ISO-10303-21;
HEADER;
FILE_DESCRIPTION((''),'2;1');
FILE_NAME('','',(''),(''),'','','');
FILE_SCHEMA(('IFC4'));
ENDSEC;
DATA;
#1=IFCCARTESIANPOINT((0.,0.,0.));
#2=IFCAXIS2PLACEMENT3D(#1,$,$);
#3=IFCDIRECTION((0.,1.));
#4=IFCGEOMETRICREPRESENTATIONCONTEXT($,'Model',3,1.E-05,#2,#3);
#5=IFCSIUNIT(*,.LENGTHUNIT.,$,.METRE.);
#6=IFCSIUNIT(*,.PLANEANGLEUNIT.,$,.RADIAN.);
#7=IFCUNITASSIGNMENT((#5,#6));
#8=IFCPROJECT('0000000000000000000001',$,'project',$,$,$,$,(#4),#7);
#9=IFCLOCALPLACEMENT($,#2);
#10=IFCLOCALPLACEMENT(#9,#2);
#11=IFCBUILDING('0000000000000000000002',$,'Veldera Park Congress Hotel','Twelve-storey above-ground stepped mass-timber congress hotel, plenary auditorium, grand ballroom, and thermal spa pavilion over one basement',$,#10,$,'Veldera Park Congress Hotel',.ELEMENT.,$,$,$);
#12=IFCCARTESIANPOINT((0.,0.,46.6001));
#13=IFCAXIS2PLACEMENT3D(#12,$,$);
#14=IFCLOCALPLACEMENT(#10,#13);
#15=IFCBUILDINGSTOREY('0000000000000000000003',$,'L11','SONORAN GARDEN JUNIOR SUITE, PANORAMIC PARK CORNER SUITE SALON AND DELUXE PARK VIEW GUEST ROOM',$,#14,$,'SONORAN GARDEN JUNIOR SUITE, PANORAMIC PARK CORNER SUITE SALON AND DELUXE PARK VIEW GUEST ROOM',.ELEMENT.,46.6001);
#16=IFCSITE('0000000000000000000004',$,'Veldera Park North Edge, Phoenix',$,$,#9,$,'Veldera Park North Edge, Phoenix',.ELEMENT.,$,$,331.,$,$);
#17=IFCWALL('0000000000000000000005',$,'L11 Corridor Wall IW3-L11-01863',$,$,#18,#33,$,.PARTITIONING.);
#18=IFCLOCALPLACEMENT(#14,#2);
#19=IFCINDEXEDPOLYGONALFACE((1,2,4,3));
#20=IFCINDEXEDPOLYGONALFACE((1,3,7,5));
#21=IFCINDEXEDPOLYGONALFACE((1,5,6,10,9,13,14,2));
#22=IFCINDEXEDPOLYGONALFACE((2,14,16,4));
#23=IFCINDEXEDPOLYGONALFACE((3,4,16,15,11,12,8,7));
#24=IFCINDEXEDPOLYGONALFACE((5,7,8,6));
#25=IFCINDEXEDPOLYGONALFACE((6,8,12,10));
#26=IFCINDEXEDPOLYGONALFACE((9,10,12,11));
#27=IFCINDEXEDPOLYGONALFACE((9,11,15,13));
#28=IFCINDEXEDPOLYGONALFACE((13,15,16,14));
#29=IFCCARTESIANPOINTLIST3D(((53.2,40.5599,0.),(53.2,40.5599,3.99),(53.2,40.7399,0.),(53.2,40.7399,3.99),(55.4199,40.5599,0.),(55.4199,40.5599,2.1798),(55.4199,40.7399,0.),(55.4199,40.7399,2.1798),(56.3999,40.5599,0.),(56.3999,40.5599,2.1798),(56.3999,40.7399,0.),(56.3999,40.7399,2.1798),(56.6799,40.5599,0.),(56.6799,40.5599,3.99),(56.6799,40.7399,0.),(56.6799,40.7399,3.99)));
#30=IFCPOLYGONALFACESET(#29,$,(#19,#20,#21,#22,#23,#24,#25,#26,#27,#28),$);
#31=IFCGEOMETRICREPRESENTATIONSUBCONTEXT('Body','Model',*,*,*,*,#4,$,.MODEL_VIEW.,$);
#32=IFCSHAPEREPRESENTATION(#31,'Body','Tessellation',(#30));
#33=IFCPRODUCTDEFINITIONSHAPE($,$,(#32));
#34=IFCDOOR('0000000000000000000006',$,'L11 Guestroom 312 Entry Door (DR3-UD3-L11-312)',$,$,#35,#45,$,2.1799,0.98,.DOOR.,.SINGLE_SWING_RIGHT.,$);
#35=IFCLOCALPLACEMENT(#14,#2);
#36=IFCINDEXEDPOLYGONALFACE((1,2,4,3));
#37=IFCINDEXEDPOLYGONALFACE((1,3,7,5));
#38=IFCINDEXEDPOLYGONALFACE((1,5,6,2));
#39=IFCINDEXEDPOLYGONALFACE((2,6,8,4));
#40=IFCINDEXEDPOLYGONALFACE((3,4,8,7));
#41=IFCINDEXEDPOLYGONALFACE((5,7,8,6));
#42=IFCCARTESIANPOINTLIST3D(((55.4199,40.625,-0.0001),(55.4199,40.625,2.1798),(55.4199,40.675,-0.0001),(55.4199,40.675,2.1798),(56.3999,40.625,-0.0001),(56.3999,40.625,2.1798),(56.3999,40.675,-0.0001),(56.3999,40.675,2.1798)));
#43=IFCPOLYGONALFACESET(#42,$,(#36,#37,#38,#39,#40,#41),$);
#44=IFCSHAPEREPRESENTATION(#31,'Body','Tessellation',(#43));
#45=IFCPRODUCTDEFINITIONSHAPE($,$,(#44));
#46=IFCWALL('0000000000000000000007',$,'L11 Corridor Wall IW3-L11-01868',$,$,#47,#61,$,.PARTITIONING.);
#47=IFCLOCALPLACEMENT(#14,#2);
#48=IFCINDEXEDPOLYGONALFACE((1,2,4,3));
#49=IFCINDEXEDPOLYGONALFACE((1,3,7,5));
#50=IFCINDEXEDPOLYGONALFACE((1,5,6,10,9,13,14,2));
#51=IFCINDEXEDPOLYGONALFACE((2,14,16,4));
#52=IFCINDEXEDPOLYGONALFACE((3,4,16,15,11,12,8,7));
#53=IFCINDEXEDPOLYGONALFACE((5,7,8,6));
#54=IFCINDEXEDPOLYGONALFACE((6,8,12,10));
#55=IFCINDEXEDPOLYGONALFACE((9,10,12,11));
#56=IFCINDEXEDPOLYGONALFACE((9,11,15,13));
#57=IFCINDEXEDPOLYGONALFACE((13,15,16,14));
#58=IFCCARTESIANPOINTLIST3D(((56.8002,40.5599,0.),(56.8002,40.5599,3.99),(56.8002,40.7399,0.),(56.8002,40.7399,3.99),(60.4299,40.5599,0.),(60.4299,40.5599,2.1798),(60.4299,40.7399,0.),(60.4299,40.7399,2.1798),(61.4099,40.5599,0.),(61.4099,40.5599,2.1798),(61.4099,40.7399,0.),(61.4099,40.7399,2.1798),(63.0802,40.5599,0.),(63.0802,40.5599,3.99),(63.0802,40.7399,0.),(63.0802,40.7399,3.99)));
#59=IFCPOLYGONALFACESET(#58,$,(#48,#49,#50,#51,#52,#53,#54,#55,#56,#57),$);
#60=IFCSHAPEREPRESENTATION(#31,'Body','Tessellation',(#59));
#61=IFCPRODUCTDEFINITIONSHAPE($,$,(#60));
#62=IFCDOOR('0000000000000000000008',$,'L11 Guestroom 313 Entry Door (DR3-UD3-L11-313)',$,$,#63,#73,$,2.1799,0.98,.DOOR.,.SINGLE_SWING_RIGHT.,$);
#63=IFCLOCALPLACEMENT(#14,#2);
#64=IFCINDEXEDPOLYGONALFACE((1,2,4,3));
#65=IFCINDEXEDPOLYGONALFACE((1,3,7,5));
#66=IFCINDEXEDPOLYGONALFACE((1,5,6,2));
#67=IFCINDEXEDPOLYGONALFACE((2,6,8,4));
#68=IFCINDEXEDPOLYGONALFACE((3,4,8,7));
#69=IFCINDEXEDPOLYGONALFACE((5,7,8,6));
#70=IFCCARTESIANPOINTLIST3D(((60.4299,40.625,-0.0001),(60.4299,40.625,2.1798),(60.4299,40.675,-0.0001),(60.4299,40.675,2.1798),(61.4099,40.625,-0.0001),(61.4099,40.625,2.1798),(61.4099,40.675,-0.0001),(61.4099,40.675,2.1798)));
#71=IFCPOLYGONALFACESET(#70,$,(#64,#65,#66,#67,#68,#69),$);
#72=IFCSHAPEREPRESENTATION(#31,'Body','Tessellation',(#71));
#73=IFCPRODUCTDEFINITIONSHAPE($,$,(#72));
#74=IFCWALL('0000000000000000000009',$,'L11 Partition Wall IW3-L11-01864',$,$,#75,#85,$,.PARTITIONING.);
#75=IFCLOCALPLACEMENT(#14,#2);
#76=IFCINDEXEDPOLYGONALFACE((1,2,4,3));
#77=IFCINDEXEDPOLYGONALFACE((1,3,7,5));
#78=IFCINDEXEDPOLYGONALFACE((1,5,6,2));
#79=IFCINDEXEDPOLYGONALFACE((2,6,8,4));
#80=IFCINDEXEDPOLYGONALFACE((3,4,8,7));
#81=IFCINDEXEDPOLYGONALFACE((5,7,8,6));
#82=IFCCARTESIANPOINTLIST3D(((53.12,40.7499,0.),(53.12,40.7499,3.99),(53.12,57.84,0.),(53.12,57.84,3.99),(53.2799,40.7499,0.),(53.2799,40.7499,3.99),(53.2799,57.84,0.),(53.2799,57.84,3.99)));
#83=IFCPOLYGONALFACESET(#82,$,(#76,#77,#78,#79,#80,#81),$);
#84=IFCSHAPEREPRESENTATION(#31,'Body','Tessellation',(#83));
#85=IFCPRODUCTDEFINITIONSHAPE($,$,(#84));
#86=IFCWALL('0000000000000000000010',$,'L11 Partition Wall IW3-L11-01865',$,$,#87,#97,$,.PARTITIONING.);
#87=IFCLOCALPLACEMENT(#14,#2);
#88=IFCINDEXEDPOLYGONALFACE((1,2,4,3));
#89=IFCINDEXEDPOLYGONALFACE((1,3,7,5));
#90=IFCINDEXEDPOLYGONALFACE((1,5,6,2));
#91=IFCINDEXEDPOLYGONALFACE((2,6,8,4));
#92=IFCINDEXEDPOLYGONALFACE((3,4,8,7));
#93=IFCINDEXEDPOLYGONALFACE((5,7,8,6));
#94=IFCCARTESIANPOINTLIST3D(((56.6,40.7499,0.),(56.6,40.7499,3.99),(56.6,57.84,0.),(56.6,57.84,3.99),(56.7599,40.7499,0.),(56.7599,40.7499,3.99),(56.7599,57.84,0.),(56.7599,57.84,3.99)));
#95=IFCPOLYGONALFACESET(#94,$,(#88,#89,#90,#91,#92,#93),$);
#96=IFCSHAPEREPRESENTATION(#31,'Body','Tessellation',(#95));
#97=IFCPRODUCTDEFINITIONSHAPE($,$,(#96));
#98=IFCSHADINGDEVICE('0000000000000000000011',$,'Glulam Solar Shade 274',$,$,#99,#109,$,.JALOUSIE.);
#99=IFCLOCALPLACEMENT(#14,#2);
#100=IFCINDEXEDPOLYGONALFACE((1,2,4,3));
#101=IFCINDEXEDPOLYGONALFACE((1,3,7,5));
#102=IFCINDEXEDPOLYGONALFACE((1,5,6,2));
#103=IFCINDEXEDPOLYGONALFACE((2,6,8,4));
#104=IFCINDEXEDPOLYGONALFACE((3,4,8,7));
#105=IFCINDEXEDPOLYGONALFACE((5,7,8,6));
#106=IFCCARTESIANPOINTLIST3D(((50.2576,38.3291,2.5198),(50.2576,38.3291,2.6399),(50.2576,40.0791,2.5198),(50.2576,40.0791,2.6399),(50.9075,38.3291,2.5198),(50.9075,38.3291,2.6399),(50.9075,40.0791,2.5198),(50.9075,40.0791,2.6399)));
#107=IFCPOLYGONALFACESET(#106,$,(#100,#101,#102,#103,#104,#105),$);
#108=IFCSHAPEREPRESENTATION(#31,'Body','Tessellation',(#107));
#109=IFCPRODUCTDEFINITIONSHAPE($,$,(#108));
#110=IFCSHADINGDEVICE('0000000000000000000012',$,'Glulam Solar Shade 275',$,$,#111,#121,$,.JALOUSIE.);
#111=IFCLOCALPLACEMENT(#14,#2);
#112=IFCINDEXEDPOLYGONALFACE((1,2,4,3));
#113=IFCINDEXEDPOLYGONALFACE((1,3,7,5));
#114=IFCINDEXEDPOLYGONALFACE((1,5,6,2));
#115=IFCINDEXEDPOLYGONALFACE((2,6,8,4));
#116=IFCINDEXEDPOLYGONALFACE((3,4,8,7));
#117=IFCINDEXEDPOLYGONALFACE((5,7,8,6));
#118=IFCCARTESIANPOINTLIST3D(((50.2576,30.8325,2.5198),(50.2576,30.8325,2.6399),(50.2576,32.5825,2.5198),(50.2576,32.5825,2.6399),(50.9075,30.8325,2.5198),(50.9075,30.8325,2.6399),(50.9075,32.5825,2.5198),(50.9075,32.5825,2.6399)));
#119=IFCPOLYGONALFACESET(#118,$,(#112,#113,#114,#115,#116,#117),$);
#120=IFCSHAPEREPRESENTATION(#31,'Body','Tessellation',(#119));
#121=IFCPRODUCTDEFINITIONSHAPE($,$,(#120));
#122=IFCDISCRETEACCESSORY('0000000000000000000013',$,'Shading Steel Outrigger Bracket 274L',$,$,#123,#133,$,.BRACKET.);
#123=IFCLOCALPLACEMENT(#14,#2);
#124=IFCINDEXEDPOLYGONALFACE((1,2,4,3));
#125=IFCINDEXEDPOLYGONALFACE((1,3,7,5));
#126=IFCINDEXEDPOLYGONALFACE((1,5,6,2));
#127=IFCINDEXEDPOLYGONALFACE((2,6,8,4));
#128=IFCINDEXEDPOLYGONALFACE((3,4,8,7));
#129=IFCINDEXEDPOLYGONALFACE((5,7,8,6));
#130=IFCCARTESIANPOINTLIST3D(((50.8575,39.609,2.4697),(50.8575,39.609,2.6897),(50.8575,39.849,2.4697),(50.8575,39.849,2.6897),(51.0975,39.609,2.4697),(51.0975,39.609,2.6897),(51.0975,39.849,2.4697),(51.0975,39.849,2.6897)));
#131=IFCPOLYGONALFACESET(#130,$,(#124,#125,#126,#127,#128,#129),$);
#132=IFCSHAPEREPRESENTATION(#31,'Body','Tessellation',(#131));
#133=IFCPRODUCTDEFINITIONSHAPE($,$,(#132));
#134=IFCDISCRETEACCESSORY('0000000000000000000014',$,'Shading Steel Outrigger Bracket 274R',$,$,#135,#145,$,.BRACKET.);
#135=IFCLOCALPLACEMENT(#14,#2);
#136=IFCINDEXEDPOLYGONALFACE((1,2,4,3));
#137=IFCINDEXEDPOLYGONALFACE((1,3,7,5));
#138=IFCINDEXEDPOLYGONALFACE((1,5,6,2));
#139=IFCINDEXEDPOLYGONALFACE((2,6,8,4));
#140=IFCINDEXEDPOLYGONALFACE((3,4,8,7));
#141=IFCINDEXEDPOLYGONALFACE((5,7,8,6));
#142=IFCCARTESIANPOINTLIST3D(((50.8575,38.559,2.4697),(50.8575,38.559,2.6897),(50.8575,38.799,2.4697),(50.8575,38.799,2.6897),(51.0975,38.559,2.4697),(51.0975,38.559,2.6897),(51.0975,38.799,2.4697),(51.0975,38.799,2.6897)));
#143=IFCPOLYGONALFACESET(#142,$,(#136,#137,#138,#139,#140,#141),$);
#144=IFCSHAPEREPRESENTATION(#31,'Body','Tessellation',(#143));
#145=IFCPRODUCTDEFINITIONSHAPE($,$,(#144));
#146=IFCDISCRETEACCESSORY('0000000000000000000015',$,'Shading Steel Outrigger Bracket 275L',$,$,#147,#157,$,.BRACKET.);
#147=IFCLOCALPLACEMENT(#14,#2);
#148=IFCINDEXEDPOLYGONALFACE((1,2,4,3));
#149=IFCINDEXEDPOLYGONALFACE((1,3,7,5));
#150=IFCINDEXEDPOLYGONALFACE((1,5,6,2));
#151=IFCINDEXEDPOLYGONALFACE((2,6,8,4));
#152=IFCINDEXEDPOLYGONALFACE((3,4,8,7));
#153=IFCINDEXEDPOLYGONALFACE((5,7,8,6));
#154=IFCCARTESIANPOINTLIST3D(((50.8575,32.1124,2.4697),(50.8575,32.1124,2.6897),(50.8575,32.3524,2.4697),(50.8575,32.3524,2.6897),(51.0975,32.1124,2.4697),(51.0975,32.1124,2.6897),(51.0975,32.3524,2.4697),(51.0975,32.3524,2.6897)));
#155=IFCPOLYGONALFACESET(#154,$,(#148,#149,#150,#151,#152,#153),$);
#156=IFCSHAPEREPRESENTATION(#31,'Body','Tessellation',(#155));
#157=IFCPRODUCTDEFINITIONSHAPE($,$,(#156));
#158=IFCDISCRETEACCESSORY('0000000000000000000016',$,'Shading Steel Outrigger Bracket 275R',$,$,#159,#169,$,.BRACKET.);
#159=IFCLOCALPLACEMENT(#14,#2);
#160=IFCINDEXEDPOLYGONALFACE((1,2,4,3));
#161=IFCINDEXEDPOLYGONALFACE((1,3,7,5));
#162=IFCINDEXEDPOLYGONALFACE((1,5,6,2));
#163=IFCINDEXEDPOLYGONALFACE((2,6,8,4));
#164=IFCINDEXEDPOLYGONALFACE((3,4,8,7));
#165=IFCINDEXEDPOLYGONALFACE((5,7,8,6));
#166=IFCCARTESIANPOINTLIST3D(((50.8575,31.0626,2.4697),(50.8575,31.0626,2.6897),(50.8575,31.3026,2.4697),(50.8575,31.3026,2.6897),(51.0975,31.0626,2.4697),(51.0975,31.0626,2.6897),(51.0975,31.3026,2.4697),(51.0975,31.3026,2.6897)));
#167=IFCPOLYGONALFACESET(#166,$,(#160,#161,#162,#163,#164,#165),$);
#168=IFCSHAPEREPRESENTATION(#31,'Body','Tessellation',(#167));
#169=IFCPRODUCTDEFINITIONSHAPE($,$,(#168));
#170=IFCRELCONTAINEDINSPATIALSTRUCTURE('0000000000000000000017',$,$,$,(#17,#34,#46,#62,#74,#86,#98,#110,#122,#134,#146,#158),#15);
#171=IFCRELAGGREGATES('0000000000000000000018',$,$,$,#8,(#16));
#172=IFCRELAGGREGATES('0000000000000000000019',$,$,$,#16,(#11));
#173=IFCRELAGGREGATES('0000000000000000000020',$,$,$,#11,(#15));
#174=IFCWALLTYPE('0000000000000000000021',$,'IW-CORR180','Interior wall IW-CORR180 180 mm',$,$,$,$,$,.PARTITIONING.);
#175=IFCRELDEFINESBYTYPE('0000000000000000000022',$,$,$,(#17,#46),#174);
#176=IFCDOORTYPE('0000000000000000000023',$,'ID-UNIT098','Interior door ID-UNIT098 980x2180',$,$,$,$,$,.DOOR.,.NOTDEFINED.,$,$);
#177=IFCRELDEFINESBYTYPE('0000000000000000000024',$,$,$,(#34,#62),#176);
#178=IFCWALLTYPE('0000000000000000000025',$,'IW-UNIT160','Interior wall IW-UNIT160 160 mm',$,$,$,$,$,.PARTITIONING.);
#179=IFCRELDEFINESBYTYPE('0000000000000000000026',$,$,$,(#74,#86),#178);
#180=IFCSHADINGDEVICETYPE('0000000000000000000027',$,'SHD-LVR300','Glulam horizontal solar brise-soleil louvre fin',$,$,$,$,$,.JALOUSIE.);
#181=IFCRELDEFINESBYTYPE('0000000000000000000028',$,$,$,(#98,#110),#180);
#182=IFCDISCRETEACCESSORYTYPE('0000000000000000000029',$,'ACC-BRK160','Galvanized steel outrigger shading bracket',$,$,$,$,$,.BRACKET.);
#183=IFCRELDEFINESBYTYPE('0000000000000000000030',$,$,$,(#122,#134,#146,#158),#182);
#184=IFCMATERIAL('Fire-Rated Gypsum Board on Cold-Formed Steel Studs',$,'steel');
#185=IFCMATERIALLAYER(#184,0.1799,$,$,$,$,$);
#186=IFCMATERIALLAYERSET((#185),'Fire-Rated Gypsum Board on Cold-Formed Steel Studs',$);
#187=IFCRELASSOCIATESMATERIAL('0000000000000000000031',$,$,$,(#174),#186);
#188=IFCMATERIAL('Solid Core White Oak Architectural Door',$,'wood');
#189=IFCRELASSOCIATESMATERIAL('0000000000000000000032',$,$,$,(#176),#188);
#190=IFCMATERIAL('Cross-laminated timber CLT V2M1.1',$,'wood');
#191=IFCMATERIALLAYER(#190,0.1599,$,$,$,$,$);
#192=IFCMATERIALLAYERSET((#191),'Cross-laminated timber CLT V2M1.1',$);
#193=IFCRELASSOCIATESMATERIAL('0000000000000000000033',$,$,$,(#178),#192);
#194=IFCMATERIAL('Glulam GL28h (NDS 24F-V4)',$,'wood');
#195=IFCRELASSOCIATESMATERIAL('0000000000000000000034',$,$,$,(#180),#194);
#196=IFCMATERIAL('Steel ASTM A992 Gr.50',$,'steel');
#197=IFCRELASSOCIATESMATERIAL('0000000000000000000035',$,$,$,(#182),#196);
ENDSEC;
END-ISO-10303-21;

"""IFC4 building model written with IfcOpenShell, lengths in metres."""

from ifc_helpers import new_model, si_unit, direction, frame, frame_2d, origin, origin_2d, place, context, subcontext, project, spatial, rectangle, extrude, material, layer, layer_set, type_object, element, fill, save


model = new_model("IFC4")

# Units and contexts
model_context = context("Model", 3, precision=1e-05, world=origin(), true_north=direction((0.0, 1.0)))
body_context = subcontext(model_context, "Body", "Model", "MODEL_VIEW")
ifc_project = project(units=[si_unit("LENGTHUNIT", "METRE"), si_unit("PLANEANGLEUNIT", "RADIAN")], contexts=[model_context])

# Site, building, storey
site_placement = place(None, origin())
site = spatial("IfcSite", under=ifc_project, at=site_placement, Name="Veldera Park North Edge, Phoenix", LongName="Veldera Park North Edge, Phoenix", CompositionType="ELEMENT", RefElevation=331.0)
building_placement = place(site_placement, origin())
building = spatial("IfcBuilding", under=site, at=building_placement, Name="Veldera Park Congress Hotel", Description="Twelve-storey above-ground stepped mass-timber congress hotel, plenary auditorium, grand ballroom, and thermal spa pavilion over one basement", LongName="Veldera Park Congress Hotel", CompositionType="ELEMENT")
storey_placement = place(building_placement, frame((0.0, 0.0, 46.6001)))
storey = spatial("IfcBuildingStorey", under=building, at=storey_placement, Name="L11", Description="SONORAN GARDEN JUNIOR SUITE, PANORAMIC PARK CORNER SUITE SALON AND DELUXE PARK VIEW GUEST ROOM", LongName="SONORAN GARDEN JUNIOR SUITE, PANORAMIC PARK CORNER SUITE SALON AND DELUXE PARK VIEW GUEST ROOM", CompositionType="ELEMENT", Elevation=46.6001)

# Shared definitions
ifc_material_1 = material(Name="Glulam GL28h (NDS 24F-V4)", Category="wood")

# Shared definitions
ifc_material_2 = material(Name="Cross-laminated timber CLT V2M1.1", Category="wood")

# Shared definitions
ifc_material_3 = material(Name="Fire-Rated Gypsum Board on Cold-Formed Steel Studs", Category="steel")

# Shared definitions
ifc_material_4 = material(Name="Solid Core White Oak Architectural Door", Category="wood")

# Walls, openings, doors
ifc_layer_1 = layer(ifc_material_3, 0.1799)
ifc_layer_set_1 = layer_set([ifc_layer_1], Name="Fire-Rated Gypsum Board on Cold-Formed Steel Studs")
wall_type_1 = type_object("IfcWallType", Name="IW-CORR180", Description="Interior wall IW-CORR180 180 mm", PredefinedType="PARTITIONING", material=ifc_layer_set_1)
door_type_1 = type_object("IfcDoorType", Name="ID-UNIT098", Description="Interior door ID-UNIT098 980x2180", OperationType="NOTDEFINED", PredefinedType="DOOR", material=ifc_material_4)
wall_1_placement = place(storey_placement, frame((53.2, 40.6499, 0.0), z_axis=(0.0, 0.0, 1.0), x_axis=(1.0, 0.0, 0.0)))
wall_1 = element("IfcWall", 1, at=wall_1_placement, inside=storey, type_object=wall_type_1, Name="L11 Corridor Wall IW3-L11-01863", PredefinedType="PARTITIONING", context=body_context, shape_type="SweptSolid", body=[
    extrude(rectangle(XDim=3.48, YDim=0.1799, at=frame_2d((1.74, 0.0))), origin(), (0.0, 0.0, 1.0), 3.99),
])
opening_1_placement = place(wall_1_placement, frame((2.22, 0.0, 0.0)))
opening_1 = element("IfcOpeningElement", 2, at=opening_1_placement, cuts=wall_1, PredefinedType="OPENING", context=body_context, shape_type="SweptSolid", body=[
    extrude(rectangle(XDim=0.98, YDim=2.1799, at=frame_2d((0.49, 1.0898))), frame((0.0, 0.1021, 0.0), z_axis=(0.0, -1.0, 0.0), x_axis=(1.0, 0.0, 0.0)), (0.0, 0.0, 1.0), 0.2039),
])
door_1_placement = place(opening_1_placement, frame((0.98, 0.0, 0.0), z_axis=(0.0, 0.0, 1.0), x_axis=(-1.0, 0.0, 0.0)))
door_1 = element("IfcDoor", 3, at=door_1_placement, inside=storey, type_object=door_type_1, Name="L11 Guestroom 312 Entry Door (DR3-UD3-L11-312)", OperationType="SINGLE_SWING_RIGHT", OverallHeight=2.1799, OverallWidth=0.98, PredefinedType="DOOR", context=body_context, shape_type="SweptSolid", body=[
    extrude(rectangle(XDim=0.98, YDim=2.1799, at=frame_2d((0.49, 1.0898))), frame((0.0, 0.0249, 0.0), z_axis=(0.0, -1.0, 0.0), x_axis=(1.0, 0.0, 0.0)), (0.0, 0.0, 1.0), 0.05),
])
fill(opening_1, door_1)
wall_2_placement = place(storey_placement, frame((56.8, 40.6499, 0.0), z_axis=(0.0, 0.0, 1.0), x_axis=(1.0, 0.0, 0.0)))
wall_2 = element("IfcWall", 4, at=wall_2_placement, inside=storey, type_object=wall_type_1, Name="L11 Corridor Wall IW3-L11-01868", PredefinedType="PARTITIONING", context=body_context, shape_type="SweptSolid", body=[
    extrude(rectangle(XDim=6.28, YDim=0.1799, at=frame_2d((3.1401, 0.0))), origin(), (0.0, 0.0, 1.0), 3.99),
])
opening_2_placement = place(wall_2_placement, frame((3.6299, 0.0, 0.0)))
opening_2 = element("IfcOpeningElement", 5, at=opening_2_placement, cuts=wall_2, PredefinedType="OPENING", context=body_context, shape_type="SweptSolid", body=[
    extrude(rectangle(XDim=0.98, YDim=2.1799, at=frame_2d((0.49, 1.0898))), frame((0.0, 0.1021, 0.0), z_axis=(0.0, -1.0, 0.0), x_axis=(1.0, 0.0, 0.0)), (0.0, 0.0, 1.0), 0.2039),
])
door_2_placement = place(opening_2_placement, frame((0.98, 0.0, 0.0), z_axis=(0.0, 0.0, 1.0), x_axis=(-1.0, 0.0, 0.0)))
door_2 = element("IfcDoor", 6, at=door_2_placement, inside=storey, type_object=door_type_1, Name="L11 Guestroom 313 Entry Door (DR3-UD3-L11-313)", OperationType="SINGLE_SWING_RIGHT", OverallHeight=2.1799, OverallWidth=0.98, PredefinedType="DOOR", context=body_context, shape_type="SweptSolid", body=[
    extrude(rectangle(XDim=0.98, YDim=2.1799, at=frame_2d((0.49, 1.0898))), frame((0.0, 0.0249, 0.0), z_axis=(0.0, -1.0, 0.0), x_axis=(1.0, 0.0, 0.0)), (0.0, 0.0, 1.0), 0.05),
])
fill(opening_2, door_2)

# Walls
ifc_layer_2 = layer(ifc_material_2, 0.1599)
ifc_layer_set_2 = layer_set([ifc_layer_2], Name="Cross-laminated timber CLT V2M1.1")
wall_type_2 = type_object("IfcWallType", Name="IW-UNIT160", Description="Interior wall IW-UNIT160 160 mm", PredefinedType="PARTITIONING", material=ifc_layer_set_2)
for number, where, z_axis, x_axis, name in (
    (7, (53.2, 40.75, 0.0), (0.0, 0.0, 1.0), (0.0, 1.0, 0.0), "L11 Partition Wall IW3-L11-01864"),
    (8, (56.6799, 40.75, 0.0), (0.0, 0.0, 1.0), (0.0, 1.0, 0.0), "L11 Partition Wall IW3-L11-01865"),
):
    element("IfcWall", number, at=place(storey_placement, frame(where, z_axis=z_axis, x_axis=x_axis)), inside=storey, type_object=wall_type_2, Name=name, PredefinedType="PARTITIONING", context=body_context, shape_type="SweptSolid", body=[
        extrude(rectangle(XDim=17.0901, YDim=0.1599, at=frame_2d((8.5449, 0.0))), origin(), (0.0, 0.0, 1.0), 3.99),
    ])

# Shading devices
shading_device_type = type_object("IfcShadingDeviceType", Name="SHD-LVR300", Description="Glulam horizontal solar brise-soleil louvre fin", PredefinedType="JALOUSIE", material=ifc_material_1)
for number, where, z_axis, x_axis, name in (
    (9, (50.5825, 39.2041, 2.5198), (0.0, 0.0, 1.0), (0.0, -1.0, 0.0), "Glulam Solar Shade 274"),
    (10, (50.5825, 31.7075, 2.5198), (0.0, 0.0, 1.0), (0.0, -1.0, 0.0), "Glulam Solar Shade 275"),
):
    element("IfcShadingDevice", number, at=place(storey_placement, frame(where, z_axis=z_axis, x_axis=x_axis)), inside=storey, type_object=shading_device_type, Name=name, PredefinedType="JALOUSIE", context=body_context, shape_type="SweptSolid", body=[
        extrude(rectangle(XDim=1.75, YDim=0.6499, at=origin_2d()), origin(), (0.0, 0.0, 1.0), 0.1201),
    ])

# Discrete accessories
ifc_material_5 = material(Name="Steel ASTM A992 Gr.50", Category="steel")
discrete_accessory_type = type_object("IfcDiscreteAccessoryType", Name="ACC-BRK160", Description="Galvanized steel outrigger shading bracket", PredefinedType="BRACKET", material=ifc_material_5)
for number, where, z_axis, x_axis, name in (
    (11, (50.9775, 39.729, 2.4697), (0.0, 0.0, 1.0), (0.0, -1.0, 0.0), "Shading Steel Outrigger Bracket 274L"),
    (12, (50.9775, 38.679, 2.4697), (0.0, 0.0, 1.0), (0.0, -1.0, 0.0), "Shading Steel Outrigger Bracket 274R"),
    (13, (50.9775, 32.2324, 2.4697), (0.0, 0.0, 1.0), (0.0, -1.0, 0.0), "Shading Steel Outrigger Bracket 275L"),
    (14, (50.9775, 31.1826, 2.4697), (0.0, 0.0, 1.0), (0.0, -1.0, 0.0), "Shading Steel Outrigger Bracket 275R"),
):
    element("IfcDiscreteAccessory", number, at=place(storey_placement, frame(where, z_axis=z_axis, x_axis=x_axis)), inside=storey, type_object=discrete_accessory_type, Name=name, PredefinedType="BRACKET", context=body_context, shape_type="SweptSolid", body=[
        extrude(rectangle(XDim=0.24, YDim=0.24, at=origin_2d()), origin(), (0.0, 0.0, 1.0), 0.22),
    ])

save(model, "model.ifc")
